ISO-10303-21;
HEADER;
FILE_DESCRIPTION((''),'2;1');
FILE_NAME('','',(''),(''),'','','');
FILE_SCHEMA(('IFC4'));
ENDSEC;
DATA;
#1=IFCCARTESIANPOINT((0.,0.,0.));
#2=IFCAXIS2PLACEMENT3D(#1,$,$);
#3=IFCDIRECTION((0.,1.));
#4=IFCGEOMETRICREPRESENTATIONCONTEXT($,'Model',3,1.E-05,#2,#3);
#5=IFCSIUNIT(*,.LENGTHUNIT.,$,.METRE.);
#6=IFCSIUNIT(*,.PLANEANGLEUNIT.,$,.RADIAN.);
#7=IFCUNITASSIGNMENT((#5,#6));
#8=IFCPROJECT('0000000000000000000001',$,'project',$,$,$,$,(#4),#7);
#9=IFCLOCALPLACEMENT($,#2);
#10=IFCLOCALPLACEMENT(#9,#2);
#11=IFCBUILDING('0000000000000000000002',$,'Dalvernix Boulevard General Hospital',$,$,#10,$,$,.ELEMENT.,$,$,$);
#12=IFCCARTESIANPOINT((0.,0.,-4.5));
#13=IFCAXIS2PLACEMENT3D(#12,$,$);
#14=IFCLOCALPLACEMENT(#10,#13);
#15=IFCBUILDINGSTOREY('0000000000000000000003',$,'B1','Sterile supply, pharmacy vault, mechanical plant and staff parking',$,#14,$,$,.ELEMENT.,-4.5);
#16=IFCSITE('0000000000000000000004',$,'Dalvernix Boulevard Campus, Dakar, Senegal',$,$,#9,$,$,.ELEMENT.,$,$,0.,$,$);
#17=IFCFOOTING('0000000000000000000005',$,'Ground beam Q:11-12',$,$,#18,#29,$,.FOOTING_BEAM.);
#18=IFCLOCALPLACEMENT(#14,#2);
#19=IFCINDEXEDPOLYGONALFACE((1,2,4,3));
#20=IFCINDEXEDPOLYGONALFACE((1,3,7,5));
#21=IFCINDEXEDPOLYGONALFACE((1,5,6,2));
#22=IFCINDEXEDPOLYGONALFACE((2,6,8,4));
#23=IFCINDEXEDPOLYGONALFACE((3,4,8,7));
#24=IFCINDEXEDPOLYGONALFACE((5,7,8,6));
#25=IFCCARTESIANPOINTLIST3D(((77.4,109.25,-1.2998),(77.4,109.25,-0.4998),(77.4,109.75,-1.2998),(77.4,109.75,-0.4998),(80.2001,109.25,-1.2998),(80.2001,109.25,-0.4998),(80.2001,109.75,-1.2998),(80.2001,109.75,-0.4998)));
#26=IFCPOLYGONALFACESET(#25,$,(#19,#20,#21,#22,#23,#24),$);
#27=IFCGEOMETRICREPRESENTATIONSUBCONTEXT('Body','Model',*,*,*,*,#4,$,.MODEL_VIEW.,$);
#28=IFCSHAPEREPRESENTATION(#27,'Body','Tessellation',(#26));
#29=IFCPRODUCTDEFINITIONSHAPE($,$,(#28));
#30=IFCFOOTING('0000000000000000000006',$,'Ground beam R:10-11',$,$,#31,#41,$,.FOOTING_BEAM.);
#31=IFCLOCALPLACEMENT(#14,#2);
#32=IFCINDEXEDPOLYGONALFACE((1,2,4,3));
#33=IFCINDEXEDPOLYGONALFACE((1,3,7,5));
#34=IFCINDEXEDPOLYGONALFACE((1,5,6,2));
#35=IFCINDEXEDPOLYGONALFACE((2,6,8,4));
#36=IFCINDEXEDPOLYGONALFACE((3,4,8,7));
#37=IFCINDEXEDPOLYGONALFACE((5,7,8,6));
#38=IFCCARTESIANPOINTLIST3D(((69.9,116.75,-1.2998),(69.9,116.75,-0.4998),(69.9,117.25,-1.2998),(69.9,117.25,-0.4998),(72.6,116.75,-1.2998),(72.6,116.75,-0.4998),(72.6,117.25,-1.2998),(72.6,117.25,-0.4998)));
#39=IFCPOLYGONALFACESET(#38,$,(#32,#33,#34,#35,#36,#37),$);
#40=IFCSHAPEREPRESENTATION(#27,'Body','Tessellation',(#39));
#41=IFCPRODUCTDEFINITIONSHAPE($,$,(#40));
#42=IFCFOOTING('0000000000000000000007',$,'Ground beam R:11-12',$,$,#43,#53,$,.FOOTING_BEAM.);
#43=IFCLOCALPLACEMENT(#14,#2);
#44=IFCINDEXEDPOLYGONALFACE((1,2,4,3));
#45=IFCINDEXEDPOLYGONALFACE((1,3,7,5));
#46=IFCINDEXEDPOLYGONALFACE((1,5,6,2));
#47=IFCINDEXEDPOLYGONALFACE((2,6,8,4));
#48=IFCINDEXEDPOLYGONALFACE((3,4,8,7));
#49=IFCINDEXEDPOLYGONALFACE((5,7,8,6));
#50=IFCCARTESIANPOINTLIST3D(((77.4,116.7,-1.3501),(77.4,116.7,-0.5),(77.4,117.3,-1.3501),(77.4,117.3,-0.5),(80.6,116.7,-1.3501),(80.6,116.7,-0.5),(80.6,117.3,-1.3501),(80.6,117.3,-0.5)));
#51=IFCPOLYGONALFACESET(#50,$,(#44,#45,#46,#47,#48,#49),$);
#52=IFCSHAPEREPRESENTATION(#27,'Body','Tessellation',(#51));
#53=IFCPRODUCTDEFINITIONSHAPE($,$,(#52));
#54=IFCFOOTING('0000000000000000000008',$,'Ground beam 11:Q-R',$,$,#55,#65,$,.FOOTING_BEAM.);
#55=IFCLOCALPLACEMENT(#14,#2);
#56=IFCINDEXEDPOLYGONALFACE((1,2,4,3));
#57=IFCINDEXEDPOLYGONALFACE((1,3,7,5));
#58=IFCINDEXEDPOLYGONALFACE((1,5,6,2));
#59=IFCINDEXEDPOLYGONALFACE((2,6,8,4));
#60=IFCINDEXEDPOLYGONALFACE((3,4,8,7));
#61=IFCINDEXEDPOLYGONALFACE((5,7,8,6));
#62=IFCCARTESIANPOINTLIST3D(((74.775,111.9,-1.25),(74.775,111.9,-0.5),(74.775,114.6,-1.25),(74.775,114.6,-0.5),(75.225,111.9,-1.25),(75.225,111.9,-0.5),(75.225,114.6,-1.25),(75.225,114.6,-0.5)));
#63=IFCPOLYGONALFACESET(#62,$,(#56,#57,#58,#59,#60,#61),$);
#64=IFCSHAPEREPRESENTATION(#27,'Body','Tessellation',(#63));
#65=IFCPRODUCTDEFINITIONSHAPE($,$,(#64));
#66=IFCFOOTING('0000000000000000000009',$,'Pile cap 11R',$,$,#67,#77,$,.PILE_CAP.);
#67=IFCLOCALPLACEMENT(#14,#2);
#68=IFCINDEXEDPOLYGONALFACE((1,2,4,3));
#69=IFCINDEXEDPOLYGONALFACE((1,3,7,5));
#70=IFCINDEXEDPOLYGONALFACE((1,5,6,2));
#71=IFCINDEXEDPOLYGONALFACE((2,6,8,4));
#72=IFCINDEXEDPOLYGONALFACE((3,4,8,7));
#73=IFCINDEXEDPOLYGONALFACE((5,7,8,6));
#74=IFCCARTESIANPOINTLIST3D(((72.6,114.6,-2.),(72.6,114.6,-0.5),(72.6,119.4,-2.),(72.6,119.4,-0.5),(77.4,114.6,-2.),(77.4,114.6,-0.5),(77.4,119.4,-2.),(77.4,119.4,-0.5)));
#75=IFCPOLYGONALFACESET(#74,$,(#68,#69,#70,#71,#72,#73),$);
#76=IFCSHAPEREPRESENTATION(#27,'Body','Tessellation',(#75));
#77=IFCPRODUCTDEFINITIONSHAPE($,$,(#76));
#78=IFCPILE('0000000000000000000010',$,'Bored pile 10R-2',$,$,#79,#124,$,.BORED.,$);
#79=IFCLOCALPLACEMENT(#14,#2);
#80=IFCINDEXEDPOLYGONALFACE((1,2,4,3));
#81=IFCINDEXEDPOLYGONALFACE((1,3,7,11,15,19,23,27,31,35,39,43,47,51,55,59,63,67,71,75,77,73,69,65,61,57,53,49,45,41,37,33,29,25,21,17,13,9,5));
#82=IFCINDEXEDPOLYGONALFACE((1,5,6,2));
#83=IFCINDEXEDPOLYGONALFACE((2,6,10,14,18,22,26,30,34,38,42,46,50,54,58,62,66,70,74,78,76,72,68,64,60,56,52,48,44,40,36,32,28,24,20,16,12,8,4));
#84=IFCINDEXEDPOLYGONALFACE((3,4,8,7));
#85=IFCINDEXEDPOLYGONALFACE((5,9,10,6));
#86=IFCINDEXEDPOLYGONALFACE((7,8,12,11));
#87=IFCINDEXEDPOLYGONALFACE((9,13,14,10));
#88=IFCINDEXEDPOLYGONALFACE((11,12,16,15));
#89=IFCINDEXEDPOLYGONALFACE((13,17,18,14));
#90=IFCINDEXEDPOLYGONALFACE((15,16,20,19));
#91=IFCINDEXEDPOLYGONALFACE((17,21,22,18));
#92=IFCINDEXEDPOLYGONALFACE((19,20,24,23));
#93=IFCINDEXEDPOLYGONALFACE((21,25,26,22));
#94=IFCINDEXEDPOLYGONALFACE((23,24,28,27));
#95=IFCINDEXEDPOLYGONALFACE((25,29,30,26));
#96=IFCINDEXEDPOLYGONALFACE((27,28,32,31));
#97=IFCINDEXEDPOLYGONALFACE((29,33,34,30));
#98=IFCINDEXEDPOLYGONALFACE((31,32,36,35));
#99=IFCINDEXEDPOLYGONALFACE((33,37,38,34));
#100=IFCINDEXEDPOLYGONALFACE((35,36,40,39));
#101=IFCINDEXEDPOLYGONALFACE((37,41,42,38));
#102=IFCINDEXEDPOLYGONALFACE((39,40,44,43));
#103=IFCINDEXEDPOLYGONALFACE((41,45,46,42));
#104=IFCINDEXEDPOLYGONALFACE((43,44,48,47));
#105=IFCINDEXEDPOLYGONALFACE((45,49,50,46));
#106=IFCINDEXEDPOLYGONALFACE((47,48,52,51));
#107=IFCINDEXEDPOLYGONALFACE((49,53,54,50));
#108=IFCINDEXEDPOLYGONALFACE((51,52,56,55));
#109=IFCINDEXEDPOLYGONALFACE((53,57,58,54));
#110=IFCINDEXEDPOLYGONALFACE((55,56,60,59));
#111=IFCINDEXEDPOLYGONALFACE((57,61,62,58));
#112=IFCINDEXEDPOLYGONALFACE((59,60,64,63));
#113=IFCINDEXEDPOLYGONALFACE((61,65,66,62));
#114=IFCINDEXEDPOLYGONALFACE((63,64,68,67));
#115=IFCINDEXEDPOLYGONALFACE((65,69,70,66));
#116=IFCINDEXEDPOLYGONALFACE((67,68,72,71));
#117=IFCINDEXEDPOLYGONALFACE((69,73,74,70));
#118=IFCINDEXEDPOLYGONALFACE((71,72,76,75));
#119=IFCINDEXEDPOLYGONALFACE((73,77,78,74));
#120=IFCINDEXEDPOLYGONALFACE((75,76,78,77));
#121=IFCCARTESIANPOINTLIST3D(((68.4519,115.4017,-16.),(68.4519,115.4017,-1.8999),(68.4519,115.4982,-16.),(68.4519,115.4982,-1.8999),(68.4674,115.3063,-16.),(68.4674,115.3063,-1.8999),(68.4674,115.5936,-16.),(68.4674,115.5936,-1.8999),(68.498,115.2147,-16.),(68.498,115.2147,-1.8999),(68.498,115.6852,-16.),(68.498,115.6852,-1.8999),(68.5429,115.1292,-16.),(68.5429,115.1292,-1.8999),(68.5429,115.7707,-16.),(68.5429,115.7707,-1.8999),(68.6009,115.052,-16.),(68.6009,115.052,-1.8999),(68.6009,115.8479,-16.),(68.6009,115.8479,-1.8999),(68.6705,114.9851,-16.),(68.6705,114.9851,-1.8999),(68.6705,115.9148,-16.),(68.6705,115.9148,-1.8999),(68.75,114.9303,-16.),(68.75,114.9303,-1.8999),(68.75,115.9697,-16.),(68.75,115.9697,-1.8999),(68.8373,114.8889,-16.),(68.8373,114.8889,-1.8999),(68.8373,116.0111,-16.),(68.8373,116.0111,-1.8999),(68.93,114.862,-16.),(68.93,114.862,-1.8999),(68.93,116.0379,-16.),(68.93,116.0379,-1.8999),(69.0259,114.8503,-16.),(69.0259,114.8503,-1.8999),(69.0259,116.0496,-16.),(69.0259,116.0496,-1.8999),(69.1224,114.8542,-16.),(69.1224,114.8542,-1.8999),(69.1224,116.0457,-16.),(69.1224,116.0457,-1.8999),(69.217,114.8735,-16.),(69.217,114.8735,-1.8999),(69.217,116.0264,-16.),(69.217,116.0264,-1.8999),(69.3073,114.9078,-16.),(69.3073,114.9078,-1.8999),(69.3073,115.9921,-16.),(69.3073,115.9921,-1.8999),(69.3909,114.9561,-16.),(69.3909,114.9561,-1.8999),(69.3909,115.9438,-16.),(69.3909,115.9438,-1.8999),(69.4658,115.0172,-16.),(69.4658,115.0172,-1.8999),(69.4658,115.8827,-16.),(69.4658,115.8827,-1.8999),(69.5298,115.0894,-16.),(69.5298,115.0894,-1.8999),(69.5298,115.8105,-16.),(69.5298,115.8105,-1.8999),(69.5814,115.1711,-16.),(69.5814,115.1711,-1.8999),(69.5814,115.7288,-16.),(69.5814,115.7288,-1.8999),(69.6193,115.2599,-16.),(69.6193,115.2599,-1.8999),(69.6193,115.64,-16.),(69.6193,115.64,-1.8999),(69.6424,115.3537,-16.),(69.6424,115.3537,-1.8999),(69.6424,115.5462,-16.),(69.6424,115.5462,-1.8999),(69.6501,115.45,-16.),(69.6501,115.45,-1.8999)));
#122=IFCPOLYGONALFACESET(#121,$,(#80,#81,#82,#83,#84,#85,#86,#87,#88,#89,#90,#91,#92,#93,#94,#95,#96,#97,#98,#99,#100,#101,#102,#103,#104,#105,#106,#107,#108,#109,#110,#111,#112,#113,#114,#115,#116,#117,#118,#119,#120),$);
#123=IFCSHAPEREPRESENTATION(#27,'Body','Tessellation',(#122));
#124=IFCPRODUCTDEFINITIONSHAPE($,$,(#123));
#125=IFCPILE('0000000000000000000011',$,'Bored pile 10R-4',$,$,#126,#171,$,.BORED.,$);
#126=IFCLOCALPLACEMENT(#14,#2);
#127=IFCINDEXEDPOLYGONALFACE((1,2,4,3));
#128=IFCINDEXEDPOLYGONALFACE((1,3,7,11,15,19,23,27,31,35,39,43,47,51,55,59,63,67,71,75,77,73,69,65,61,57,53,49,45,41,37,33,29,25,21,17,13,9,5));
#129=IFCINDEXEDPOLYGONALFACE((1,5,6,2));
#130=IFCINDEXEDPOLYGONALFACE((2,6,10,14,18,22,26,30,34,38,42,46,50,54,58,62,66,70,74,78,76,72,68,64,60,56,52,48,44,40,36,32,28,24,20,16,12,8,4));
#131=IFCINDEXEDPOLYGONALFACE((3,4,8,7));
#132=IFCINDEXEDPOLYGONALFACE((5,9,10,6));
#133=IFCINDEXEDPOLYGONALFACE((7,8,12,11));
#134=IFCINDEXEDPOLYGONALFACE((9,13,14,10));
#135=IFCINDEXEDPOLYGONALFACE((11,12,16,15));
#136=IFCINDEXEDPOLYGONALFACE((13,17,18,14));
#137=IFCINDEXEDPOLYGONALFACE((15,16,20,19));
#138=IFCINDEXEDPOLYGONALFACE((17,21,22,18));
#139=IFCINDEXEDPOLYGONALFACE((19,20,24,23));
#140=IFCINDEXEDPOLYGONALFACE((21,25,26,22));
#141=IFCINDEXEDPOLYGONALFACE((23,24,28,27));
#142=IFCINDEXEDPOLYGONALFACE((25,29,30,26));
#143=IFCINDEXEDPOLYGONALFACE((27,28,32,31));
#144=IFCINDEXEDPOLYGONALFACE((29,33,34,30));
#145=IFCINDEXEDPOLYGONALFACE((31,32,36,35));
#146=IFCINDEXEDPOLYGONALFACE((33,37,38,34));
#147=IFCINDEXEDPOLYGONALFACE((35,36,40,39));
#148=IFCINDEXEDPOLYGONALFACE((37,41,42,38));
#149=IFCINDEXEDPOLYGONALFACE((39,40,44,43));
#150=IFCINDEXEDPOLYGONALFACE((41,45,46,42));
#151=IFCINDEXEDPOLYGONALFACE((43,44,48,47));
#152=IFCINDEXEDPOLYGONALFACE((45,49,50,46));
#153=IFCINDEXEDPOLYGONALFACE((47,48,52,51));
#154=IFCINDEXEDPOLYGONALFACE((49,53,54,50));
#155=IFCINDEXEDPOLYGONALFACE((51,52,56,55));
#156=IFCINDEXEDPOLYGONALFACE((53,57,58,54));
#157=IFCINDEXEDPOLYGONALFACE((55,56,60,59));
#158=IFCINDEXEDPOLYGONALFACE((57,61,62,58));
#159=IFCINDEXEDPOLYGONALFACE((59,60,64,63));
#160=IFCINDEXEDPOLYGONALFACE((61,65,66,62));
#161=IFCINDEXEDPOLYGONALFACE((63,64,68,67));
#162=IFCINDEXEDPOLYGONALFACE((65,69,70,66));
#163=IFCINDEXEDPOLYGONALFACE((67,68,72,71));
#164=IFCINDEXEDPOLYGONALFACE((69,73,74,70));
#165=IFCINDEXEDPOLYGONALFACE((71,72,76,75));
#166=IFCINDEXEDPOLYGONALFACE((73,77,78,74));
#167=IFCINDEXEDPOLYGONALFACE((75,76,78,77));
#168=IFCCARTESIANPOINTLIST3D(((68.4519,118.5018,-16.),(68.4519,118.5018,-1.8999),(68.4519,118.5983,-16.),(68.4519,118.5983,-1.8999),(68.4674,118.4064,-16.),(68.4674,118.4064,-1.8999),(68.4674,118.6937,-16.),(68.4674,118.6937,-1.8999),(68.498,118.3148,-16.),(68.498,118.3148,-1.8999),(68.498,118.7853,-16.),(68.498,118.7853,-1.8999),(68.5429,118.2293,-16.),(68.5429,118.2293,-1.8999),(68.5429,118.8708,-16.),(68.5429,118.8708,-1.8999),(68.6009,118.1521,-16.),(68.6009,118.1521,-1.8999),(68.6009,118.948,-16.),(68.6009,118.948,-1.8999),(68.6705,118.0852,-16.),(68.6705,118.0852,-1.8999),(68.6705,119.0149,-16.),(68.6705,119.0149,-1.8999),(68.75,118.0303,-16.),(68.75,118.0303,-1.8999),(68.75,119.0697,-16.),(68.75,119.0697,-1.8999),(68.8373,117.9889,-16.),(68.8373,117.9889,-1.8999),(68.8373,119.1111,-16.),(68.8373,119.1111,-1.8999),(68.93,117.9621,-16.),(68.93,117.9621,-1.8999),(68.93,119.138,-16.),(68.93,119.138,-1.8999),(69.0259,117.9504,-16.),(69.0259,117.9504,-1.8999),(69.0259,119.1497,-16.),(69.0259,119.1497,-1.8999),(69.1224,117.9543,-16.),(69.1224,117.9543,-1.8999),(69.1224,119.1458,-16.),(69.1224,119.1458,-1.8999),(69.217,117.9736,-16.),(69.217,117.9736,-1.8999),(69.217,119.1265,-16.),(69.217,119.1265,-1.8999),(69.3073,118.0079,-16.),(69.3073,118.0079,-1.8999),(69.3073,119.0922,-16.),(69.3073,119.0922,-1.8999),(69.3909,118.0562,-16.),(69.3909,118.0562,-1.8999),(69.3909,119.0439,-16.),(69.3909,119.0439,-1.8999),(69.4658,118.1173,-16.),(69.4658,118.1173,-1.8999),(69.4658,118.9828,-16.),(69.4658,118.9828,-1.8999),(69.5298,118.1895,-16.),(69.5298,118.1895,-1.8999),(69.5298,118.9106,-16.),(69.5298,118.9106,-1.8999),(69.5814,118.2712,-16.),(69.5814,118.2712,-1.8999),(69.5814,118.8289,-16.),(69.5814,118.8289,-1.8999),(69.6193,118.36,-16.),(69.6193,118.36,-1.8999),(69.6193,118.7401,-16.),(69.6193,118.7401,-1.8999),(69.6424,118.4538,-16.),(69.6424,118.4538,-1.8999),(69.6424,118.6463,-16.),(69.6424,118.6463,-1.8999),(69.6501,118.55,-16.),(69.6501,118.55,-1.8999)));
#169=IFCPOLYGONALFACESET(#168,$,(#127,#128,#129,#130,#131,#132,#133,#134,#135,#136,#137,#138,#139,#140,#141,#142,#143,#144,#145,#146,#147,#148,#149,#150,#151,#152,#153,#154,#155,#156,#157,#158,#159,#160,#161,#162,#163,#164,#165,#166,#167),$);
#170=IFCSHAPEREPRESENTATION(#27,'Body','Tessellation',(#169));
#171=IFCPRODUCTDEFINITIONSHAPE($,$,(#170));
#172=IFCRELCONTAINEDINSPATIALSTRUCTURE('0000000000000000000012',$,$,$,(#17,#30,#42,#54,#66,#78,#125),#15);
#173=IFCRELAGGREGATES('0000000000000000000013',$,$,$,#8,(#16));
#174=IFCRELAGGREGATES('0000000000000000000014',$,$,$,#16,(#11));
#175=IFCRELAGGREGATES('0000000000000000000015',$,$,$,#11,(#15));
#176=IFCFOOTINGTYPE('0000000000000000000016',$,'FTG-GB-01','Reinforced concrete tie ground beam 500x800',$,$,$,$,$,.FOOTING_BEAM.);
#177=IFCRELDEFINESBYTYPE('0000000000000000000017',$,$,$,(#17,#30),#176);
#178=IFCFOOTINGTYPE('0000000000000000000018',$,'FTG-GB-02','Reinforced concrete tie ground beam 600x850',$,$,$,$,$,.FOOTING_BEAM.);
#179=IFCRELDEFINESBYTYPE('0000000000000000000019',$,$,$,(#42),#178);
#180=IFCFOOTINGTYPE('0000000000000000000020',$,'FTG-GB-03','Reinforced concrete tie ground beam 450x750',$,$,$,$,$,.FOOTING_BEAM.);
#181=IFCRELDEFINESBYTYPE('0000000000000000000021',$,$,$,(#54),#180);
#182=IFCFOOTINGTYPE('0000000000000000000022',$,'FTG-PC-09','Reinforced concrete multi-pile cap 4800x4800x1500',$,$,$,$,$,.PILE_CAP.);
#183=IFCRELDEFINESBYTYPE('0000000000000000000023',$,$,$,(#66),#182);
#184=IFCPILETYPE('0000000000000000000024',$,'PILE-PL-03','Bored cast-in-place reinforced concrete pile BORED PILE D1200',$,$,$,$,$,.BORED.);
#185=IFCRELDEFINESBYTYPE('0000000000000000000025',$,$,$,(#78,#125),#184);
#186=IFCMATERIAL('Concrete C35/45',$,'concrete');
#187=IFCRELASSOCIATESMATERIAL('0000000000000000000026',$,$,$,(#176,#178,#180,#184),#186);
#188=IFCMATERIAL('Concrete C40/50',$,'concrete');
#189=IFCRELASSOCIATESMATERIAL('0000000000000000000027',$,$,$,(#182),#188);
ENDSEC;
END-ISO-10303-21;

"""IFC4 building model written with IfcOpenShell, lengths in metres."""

from ifc_helpers import new_model, si_unit, direction, frame, origin, origin_2d, place, context, subcontext, project, spatial, rectangle, circle, extrude, material, material_profile, profile_set, type_object, element, save


model = new_model("IFC4")

# Units and contexts
model_context = context("Model", 3, precision=1e-05, world=origin(), true_north=direction((0.0, 1.0)))
body_context = subcontext(model_context, "Body", "Model", "MODEL_VIEW")
ifc_project = project(units=[si_unit("LENGTHUNIT", "METRE"), si_unit("PLANEANGLEUNIT", "RADIAN")], contexts=[model_context])

# Site, building, storey
site_placement = place(None, origin())
site = spatial("IfcSite", under=ifc_project, at=site_placement, Name="Dalvernix Boulevard Campus, Dakar, Senegal", CompositionType="ELEMENT", RefElevation=0.0)
building_placement = place(site_placement, origin())
building = spatial("IfcBuilding", under=site, at=building_placement, Name="Dalvernix Boulevard General Hospital", CompositionType="ELEMENT")
storey_placement = place(building_placement, frame((0.0, 0.0, -4.5)))
storey = spatial("IfcBuildingStorey", under=building, at=storey_placement, Name="B1", Description="Sterile supply, pharmacy vault, mechanical plant and staff parking", CompositionType="ELEMENT", Elevation=-4.5)

# Footings
ifc_material_1 = material(Name="Concrete C35/45", Category="concrete")
footing_type_1 = type_object("IfcFootingType", Name="FTG-GB-01", Description="Reinforced concrete tie ground beam 500x800", PredefinedType="FOOTING_BEAM", material=ifc_material_1)
footing_1_placement = place(storey_placement, frame((78.8, 109.5, -1.2998), z_axis=(0.0, 0.0, 1.0), x_axis=(1.0, 0.0, 0.0)))
element("IfcFooting", 1, at=footing_1_placement, inside=storey, type_object=footing_type_1, Name="Ground beam Q:11-12", PredefinedType="FOOTING_BEAM", context=body_context, shape_type="SweptSolid", body=[
    extrude(rectangle(XDim=2.8, YDim=0.5, at=origin_2d()), origin(), (0.0, 0.0, 1.0), 0.8),
])
footing_2_placement = place(storey_placement, frame((71.25, 117.0, -1.2998), z_axis=(0.0, 0.0, 1.0), x_axis=(1.0, 0.0, 0.0)))
element("IfcFooting", 2, at=footing_2_placement, inside=storey, type_object=footing_type_1, Name="Ground beam R:10-11", PredefinedType="FOOTING_BEAM", context=body_context, shape_type="SweptSolid", body=[
    extrude(rectangle(XDim=2.7, YDim=0.5, at=origin_2d()), origin(), (0.0, 0.0, 1.0), 0.8),
])
footing_type_2 = type_object("IfcFootingType", Name="FTG-GB-02", Description="Reinforced concrete tie ground beam 600x850", PredefinedType="FOOTING_BEAM", material=ifc_material_1)
footing_3_placement = place(storey_placement, frame((79.0, 117.0, -1.3501), z_axis=(0.0, 0.0, 1.0), x_axis=(1.0, 0.0, 0.0)))
element("IfcFooting", 3, at=footing_3_placement, inside=storey, type_object=footing_type_2, Name="Ground beam R:11-12", PredefinedType="FOOTING_BEAM", context=body_context, shape_type="SweptSolid", body=[
    extrude(rectangle(XDim=3.2, YDim=0.6001, at=origin_2d()), origin(), (0.0, 0.0, 1.0), 0.8501),
])
footing_type_3 = type_object("IfcFootingType", Name="FTG-GB-03", Description="Reinforced concrete tie ground beam 450x750", PredefinedType="FOOTING_BEAM", material=ifc_material_1)
footing_4_placement = place(storey_placement, frame((75.0, 113.25, -1.25), z_axis=(0.0, 0.0, 1.0), x_axis=(0.0, 1.0, 0.0)))
element("IfcFooting", 4, at=footing_4_placement, inside=storey, type_object=footing_type_3, Name="Ground beam 11:Q-R", PredefinedType="FOOTING_BEAM", context=body_context, shape_type="SweptSolid", body=[
    extrude(rectangle(XDim=2.7, YDim=0.45, at=origin_2d()), origin(), (0.0, 0.0, 1.0), 0.75),
])
ifc_material_2 = material(Name="Concrete C40/50", Category="concrete")
footing_type_4 = type_object("IfcFootingType", Name="FTG-PC-09", Description="Reinforced concrete multi-pile cap 4800x4800x1500", PredefinedType="PILE_CAP", material=ifc_material_2)
footing_5_placement = place(storey_placement, frame((75.0, 117.0, -2.0), z_axis=(0.0, 0.0, 1.0), x_axis=(1.0, 0.0, 0.0)))
element("IfcFooting", 5, at=footing_5_placement, inside=storey, type_object=footing_type_4, Name="Pile cap 11R", PredefinedType="PILE_CAP", context=body_context, shape_type="SweptSolid", body=[
    extrude(rectangle(XDim=4.8, YDim=4.8, at=origin_2d()), origin(), (0.0, 0.0, 1.0), 1.5),
])

# Piles
ifc_material_profile_1 = material_profile(ifc_material_1, circle(Radius=0.6001, at=origin_2d()), Name="BORED PILE D1200")
ifc_profile_set_1 = profile_set([ifc_material_profile_1], Name="Concrete C35/45")
pile_type = type_object("IfcPileType", Name="PILE-PL-03", Description="Bored cast-in-place reinforced concrete pile BORED PILE D1200", PredefinedType="BORED", material=ifc_profile_set_1)
for number, where, z_axis, x_axis, name in (
    (6, (69.05, 115.45, -1.8999), (0.0, 0.0, -1.0), (1.0, 0.0, 0.0), "Bored pile 10R-2"),
    (7, (69.05, 118.55, -1.8999), (0.0, 0.0, -1.0), (1.0, 0.0, 0.0), "Bored pile 10R-4"),
):
    element("IfcPile", number, at=place(storey_placement, frame(where, z_axis=z_axis, x_axis=x_axis)), inside=storey, type_object=pile_type, Name=name, PredefinedType="BORED", context=body_context, shape_type="SweptSolid", body=[
        extrude(circle(Radius=0.6001, at=origin_2d()), origin(), (0.0, 0.0, 1.0), 14.1001),
    ])

save(model, "model.ifc")
